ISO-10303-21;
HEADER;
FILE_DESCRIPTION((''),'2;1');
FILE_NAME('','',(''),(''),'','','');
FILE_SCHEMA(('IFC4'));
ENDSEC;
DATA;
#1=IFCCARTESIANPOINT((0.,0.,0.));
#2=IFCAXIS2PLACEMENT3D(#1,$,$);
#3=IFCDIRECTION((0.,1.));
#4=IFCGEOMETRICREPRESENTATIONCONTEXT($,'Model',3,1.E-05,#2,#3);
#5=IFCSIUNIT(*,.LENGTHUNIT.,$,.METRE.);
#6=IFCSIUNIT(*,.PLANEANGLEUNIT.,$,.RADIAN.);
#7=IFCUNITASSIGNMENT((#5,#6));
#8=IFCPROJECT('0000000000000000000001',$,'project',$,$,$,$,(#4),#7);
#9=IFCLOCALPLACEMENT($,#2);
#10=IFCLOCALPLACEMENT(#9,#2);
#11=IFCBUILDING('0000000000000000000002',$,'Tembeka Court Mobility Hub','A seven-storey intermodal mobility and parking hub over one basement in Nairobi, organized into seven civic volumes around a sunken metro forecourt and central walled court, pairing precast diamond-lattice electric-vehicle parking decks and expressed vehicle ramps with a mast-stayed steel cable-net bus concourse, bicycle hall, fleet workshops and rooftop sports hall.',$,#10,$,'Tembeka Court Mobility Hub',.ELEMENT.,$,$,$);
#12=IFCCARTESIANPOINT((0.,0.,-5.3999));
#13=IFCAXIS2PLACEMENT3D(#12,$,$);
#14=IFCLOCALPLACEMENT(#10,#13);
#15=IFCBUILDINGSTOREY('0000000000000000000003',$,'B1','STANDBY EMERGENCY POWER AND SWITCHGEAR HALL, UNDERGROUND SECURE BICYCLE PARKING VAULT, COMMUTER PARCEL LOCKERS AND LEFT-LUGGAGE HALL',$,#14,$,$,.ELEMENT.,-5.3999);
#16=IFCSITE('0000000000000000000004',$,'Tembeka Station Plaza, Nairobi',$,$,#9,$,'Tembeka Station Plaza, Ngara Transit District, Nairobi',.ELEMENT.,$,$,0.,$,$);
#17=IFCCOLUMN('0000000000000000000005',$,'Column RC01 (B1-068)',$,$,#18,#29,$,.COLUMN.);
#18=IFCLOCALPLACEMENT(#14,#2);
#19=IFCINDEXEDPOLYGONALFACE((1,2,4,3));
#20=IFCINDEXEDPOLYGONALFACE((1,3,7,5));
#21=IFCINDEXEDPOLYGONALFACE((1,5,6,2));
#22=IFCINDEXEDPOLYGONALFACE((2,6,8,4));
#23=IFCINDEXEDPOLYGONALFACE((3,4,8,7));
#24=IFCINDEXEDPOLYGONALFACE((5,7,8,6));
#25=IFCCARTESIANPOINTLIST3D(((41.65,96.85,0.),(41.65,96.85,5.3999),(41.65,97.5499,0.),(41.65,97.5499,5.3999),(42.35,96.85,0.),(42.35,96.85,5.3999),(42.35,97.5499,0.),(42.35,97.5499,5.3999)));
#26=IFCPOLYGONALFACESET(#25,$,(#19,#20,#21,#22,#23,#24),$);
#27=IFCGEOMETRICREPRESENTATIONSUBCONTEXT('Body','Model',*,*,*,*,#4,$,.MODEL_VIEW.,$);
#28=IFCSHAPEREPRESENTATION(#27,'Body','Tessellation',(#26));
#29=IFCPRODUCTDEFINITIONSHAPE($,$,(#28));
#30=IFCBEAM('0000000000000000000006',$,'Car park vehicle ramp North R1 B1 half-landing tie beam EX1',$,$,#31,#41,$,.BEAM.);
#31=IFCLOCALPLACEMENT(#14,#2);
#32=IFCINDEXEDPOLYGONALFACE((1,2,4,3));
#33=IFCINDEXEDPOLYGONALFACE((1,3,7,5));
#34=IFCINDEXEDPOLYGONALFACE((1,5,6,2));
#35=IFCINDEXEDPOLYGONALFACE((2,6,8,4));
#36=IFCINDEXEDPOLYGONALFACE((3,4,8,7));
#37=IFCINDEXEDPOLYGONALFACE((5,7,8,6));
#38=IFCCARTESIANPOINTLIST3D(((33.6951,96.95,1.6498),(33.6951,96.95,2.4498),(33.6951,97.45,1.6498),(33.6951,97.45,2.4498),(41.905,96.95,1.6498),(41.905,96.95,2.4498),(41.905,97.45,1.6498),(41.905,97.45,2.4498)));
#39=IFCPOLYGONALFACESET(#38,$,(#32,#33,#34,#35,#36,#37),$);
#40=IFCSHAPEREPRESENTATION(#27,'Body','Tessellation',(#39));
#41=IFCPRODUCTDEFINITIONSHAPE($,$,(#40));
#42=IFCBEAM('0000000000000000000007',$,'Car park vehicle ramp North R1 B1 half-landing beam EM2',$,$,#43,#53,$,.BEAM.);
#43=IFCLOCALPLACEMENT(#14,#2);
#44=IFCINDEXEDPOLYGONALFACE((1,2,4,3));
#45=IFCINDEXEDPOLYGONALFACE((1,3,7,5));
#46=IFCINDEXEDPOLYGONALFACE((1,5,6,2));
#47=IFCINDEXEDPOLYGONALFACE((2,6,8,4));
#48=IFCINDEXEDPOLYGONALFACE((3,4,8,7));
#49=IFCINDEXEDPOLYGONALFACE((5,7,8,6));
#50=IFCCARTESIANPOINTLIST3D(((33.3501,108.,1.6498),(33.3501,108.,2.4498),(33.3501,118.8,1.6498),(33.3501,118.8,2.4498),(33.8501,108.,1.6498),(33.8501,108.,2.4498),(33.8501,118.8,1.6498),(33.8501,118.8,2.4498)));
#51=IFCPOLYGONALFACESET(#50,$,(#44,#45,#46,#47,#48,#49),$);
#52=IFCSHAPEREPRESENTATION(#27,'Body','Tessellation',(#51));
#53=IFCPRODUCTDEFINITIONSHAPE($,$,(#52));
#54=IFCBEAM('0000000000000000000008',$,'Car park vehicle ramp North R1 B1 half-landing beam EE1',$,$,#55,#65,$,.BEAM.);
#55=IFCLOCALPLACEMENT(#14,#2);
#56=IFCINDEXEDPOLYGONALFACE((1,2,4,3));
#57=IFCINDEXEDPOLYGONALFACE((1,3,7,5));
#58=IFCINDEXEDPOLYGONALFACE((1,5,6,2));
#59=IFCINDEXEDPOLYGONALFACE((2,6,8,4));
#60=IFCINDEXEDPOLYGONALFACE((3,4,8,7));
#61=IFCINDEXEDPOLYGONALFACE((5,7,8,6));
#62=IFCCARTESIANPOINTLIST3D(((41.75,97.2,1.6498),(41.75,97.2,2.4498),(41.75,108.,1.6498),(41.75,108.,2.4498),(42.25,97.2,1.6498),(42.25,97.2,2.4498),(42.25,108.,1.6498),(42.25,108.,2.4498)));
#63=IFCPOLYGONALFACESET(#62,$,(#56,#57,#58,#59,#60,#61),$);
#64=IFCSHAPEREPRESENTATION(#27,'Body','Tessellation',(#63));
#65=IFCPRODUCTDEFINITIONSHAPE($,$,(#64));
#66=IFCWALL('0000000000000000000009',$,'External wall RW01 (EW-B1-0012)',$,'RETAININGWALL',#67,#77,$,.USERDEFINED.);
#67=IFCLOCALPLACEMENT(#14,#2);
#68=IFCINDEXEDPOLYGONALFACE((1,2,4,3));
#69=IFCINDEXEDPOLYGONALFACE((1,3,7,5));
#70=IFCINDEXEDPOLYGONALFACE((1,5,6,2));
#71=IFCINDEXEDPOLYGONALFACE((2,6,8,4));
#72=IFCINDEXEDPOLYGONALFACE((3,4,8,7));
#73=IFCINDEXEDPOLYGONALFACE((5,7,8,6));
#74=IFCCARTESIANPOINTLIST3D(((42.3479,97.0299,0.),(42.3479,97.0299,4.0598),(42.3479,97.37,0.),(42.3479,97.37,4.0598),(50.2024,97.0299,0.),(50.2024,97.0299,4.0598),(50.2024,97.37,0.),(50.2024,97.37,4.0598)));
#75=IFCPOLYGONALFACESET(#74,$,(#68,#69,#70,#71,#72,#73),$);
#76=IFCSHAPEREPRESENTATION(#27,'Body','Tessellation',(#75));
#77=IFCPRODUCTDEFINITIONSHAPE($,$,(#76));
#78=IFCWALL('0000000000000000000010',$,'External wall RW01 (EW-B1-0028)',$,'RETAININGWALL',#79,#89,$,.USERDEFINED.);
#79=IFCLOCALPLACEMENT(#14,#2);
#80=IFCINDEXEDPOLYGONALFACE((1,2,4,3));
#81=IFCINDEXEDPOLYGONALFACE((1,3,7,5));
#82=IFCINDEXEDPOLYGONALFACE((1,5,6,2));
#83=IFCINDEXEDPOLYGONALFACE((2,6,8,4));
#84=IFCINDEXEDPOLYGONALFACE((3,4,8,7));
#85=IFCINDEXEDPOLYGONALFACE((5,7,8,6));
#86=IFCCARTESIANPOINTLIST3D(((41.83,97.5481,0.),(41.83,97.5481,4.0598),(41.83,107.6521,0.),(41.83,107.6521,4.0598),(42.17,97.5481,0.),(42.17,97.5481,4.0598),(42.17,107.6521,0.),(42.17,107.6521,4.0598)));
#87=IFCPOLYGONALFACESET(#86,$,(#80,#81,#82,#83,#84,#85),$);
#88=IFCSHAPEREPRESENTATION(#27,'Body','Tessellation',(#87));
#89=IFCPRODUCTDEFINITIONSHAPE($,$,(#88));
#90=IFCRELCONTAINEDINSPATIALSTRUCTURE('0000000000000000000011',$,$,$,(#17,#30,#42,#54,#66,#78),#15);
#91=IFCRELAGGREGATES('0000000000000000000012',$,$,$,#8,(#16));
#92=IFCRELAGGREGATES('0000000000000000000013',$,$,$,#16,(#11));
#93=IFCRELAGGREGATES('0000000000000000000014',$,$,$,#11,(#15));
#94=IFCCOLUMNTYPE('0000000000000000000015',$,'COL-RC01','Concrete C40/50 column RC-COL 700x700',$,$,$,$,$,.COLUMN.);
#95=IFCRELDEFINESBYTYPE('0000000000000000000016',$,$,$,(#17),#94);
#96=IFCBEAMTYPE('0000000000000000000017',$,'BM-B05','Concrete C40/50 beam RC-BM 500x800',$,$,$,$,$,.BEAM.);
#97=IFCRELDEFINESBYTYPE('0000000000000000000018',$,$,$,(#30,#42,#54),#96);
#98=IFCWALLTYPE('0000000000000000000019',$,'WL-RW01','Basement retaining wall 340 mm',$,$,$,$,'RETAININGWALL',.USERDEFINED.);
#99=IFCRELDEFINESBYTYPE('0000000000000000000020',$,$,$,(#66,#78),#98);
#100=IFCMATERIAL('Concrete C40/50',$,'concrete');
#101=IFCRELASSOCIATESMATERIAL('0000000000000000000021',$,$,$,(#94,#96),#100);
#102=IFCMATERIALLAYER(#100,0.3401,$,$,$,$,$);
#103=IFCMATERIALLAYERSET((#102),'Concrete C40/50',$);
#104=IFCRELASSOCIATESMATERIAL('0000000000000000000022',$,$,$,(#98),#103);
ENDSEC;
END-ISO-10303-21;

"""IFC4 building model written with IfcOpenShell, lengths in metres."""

from ifc_helpers import new_model, si_unit, direction, frame, frame_2d, origin, origin_2d, place, context, subcontext, project, spatial, rectangle, extrude, material, layer, layer_set, material_profile, profile_set, type_object, element, save


model = new_model("IFC4")

# Units and contexts
model_context = context("Model", 3, precision=1e-05, world=origin(), true_north=direction((0.0, 1.0)))
body_context = subcontext(model_context, "Body", "Model", "MODEL_VIEW")
ifc_project = project(units=[si_unit("LENGTHUNIT", "METRE"), si_unit("PLANEANGLEUNIT", "RADIAN")], contexts=[model_context])

# Site, building, storey
site_placement = place(None, origin())
site = spatial("IfcSite", under=ifc_project, at=site_placement, Name="Tembeka Station Plaza, Nairobi", LongName="Tembeka Station Plaza, Ngara Transit District, Nairobi", CompositionType="ELEMENT", RefElevation=0.0)
building_placement = place(site_placement, origin())
building = spatial("IfcBuilding", under=site, at=building_placement, Name="Tembeka Court Mobility Hub", Description="A seven-storey intermodal mobility and parking hub over one basement in Nairobi, organized into seven civic volumes around a sunken metro forecourt and central walled court, pairing precast diamond-lattice electric-vehicle parking decks and expressed vehicle ramps with a mast-stayed steel cable-net bus concourse, bicycle hall, fleet workshops and rooftop sports hall.", LongName="Tembeka Court Mobility Hub", CompositionType="ELEMENT")
storey_placement = place(building_placement, frame((0.0, 0.0, -5.3999)))
storey = spatial("IfcBuildingStorey", under=building, at=storey_placement, Name="B1", Description="STANDBY EMERGENCY POWER AND SWITCHGEAR HALL, UNDERGROUND SECURE BICYCLE PARKING VAULT, COMMUTER PARCEL LOCKERS AND LEFT-LUGGAGE HALL", CompositionType="ELEMENT", Elevation=-5.3999)

# Shared definitions
ifc_material_1 = material(Name="Concrete C40/50", Category="concrete")

# Column
ifc_material_profile_1 = material_profile(ifc_material_1, rectangle(XDim=0.7, YDim=0.7, at=origin_2d()), Name="RC-COL 700x700")
ifc_profile_set_1 = profile_set([ifc_material_profile_1], Name="Concrete C40/50")
column_type = type_object("IfcColumnType", Name="COL-RC01", Description="Concrete C40/50 column RC-COL 700x700", PredefinedType="COLUMN", material=ifc_profile_set_1)
for number, where, z_axis, x_axis, name in (
    (1, (42.0, 97.2, 0.0), (0.0, 0.0, 1.0), (1.0, 0.0, 0.0), "Column RC01 (B1-068)"),
):
    element("IfcColumn", number, at=place(storey_placement, frame(where, z_axis=z_axis, x_axis=x_axis)), inside=storey, type_object=column_type, Name=name, PredefinedType="COLUMN", context=body_context, shape_type="SweptSolid", body=[
        extrude(rectangle(XDim=0.7, YDim=0.7, at=origin_2d()), origin(), (0.0, 0.0, 1.0), 5.3999),
    ])

# Beams
ifc_material_profile_2 = material_profile(ifc_material_1, rectangle(XDim=0.5, YDim=0.8, at=origin_2d()), Name="RC-BM 500x800")
ifc_profile_set_2 = profile_set([ifc_material_profile_2], Name="Concrete C40/50")
beam_type = type_object("IfcBeamType", Name="BM-B05", Description="Concrete C40/50 beam RC-BM 500x800", PredefinedType="BEAM", material=ifc_profile_set_2)
beam_placement = place(storey_placement, frame((33.6951, 97.2, 2.0498), z_axis=(1.0, 0.0, 0.0), x_axis=(0.0, 1.0, 0.0)))
element("IfcBeam", 2, at=beam_placement, inside=storey, type_object=beam_type, Name="Car park vehicle ramp North R1 B1 half-landing tie beam EX1", PredefinedType="BEAM", context=body_context, shape_type="SweptSolid", body=[
    extrude(rectangle(XDim=0.5, YDim=0.8, at=origin_2d()), origin(), (0.0, 0.0, 1.0), 8.21),
])
for number, where, z_axis, x_axis, name in (
    (3, (33.6001, 108.0, 2.0498), (0.0, 1.0, 0.0), (-1.0, 0.0, 0.0), "Car park vehicle ramp North R1 B1 half-landing beam EM2"),
    (4, (42.0, 97.2, 2.0498), (0.0, 1.0, 0.0), (-1.0, 0.0, 0.0), "Car park vehicle ramp North R1 B1 half-landing beam EE1"),
):
    element("IfcBeam", number, at=place(storey_placement, frame(where, z_axis=z_axis, x_axis=x_axis)), inside=storey, type_object=beam_type, Name=name, PredefinedType="BEAM", context=body_context, shape_type="SweptSolid", body=[
        extrude(rectangle(XDim=0.5, YDim=0.8, at=origin_2d()), origin(), (0.0, 0.0, 1.0), 10.8),
    ])

# Walls
ifc_layer = layer(ifc_material_1, 0.3401)
ifc_layer_set = layer_set([ifc_layer], Name="Concrete C40/50")
wall_type = type_object("IfcWallType", Name="WL-RW01", Description="Basement retaining wall 340 mm", ElementType="RETAININGWALL", PredefinedType="USERDEFINED", material=ifc_layer_set)
wall_1_placement = place(storey_placement, frame((42.3479, 97.2, 0.0), z_axis=(0.0, 0.0, 1.0), x_axis=(1.0, 0.0, 0.0)))
element("IfcWall", 5, at=wall_1_placement, inside=storey, type_object=wall_type, Name="External wall RW01 (EW-B1-0012)", ObjectType="RETAININGWALL", PredefinedType="USERDEFINED", context=body_context, shape_type="SweptSolid", body=[
    extrude(rectangle(XDim=7.8545, YDim=0.3401, at=frame_2d((3.9272, 0.0))), origin(), (0.0, 0.0, 1.0), 4.0598),
])
wall_2_placement = place(storey_placement, frame((42.0, 97.5481, 0.0), z_axis=(0.0, 0.0, 1.0), x_axis=(0.0, 1.0, 0.0)))
element("IfcWall", 6, at=wall_2_placement, inside=storey, type_object=wall_type, Name="External wall RW01 (EW-B1-0028)", ObjectType="RETAININGWALL", PredefinedType="USERDEFINED", context=body_context, shape_type="SweptSolid", body=[
    extrude(rectangle(XDim=10.104, YDim=0.3401, at=frame_2d((5.052, 0.0))), origin(), (0.0, 0.0, 1.0), 4.0598),
])

save(model, "model.ifc")
